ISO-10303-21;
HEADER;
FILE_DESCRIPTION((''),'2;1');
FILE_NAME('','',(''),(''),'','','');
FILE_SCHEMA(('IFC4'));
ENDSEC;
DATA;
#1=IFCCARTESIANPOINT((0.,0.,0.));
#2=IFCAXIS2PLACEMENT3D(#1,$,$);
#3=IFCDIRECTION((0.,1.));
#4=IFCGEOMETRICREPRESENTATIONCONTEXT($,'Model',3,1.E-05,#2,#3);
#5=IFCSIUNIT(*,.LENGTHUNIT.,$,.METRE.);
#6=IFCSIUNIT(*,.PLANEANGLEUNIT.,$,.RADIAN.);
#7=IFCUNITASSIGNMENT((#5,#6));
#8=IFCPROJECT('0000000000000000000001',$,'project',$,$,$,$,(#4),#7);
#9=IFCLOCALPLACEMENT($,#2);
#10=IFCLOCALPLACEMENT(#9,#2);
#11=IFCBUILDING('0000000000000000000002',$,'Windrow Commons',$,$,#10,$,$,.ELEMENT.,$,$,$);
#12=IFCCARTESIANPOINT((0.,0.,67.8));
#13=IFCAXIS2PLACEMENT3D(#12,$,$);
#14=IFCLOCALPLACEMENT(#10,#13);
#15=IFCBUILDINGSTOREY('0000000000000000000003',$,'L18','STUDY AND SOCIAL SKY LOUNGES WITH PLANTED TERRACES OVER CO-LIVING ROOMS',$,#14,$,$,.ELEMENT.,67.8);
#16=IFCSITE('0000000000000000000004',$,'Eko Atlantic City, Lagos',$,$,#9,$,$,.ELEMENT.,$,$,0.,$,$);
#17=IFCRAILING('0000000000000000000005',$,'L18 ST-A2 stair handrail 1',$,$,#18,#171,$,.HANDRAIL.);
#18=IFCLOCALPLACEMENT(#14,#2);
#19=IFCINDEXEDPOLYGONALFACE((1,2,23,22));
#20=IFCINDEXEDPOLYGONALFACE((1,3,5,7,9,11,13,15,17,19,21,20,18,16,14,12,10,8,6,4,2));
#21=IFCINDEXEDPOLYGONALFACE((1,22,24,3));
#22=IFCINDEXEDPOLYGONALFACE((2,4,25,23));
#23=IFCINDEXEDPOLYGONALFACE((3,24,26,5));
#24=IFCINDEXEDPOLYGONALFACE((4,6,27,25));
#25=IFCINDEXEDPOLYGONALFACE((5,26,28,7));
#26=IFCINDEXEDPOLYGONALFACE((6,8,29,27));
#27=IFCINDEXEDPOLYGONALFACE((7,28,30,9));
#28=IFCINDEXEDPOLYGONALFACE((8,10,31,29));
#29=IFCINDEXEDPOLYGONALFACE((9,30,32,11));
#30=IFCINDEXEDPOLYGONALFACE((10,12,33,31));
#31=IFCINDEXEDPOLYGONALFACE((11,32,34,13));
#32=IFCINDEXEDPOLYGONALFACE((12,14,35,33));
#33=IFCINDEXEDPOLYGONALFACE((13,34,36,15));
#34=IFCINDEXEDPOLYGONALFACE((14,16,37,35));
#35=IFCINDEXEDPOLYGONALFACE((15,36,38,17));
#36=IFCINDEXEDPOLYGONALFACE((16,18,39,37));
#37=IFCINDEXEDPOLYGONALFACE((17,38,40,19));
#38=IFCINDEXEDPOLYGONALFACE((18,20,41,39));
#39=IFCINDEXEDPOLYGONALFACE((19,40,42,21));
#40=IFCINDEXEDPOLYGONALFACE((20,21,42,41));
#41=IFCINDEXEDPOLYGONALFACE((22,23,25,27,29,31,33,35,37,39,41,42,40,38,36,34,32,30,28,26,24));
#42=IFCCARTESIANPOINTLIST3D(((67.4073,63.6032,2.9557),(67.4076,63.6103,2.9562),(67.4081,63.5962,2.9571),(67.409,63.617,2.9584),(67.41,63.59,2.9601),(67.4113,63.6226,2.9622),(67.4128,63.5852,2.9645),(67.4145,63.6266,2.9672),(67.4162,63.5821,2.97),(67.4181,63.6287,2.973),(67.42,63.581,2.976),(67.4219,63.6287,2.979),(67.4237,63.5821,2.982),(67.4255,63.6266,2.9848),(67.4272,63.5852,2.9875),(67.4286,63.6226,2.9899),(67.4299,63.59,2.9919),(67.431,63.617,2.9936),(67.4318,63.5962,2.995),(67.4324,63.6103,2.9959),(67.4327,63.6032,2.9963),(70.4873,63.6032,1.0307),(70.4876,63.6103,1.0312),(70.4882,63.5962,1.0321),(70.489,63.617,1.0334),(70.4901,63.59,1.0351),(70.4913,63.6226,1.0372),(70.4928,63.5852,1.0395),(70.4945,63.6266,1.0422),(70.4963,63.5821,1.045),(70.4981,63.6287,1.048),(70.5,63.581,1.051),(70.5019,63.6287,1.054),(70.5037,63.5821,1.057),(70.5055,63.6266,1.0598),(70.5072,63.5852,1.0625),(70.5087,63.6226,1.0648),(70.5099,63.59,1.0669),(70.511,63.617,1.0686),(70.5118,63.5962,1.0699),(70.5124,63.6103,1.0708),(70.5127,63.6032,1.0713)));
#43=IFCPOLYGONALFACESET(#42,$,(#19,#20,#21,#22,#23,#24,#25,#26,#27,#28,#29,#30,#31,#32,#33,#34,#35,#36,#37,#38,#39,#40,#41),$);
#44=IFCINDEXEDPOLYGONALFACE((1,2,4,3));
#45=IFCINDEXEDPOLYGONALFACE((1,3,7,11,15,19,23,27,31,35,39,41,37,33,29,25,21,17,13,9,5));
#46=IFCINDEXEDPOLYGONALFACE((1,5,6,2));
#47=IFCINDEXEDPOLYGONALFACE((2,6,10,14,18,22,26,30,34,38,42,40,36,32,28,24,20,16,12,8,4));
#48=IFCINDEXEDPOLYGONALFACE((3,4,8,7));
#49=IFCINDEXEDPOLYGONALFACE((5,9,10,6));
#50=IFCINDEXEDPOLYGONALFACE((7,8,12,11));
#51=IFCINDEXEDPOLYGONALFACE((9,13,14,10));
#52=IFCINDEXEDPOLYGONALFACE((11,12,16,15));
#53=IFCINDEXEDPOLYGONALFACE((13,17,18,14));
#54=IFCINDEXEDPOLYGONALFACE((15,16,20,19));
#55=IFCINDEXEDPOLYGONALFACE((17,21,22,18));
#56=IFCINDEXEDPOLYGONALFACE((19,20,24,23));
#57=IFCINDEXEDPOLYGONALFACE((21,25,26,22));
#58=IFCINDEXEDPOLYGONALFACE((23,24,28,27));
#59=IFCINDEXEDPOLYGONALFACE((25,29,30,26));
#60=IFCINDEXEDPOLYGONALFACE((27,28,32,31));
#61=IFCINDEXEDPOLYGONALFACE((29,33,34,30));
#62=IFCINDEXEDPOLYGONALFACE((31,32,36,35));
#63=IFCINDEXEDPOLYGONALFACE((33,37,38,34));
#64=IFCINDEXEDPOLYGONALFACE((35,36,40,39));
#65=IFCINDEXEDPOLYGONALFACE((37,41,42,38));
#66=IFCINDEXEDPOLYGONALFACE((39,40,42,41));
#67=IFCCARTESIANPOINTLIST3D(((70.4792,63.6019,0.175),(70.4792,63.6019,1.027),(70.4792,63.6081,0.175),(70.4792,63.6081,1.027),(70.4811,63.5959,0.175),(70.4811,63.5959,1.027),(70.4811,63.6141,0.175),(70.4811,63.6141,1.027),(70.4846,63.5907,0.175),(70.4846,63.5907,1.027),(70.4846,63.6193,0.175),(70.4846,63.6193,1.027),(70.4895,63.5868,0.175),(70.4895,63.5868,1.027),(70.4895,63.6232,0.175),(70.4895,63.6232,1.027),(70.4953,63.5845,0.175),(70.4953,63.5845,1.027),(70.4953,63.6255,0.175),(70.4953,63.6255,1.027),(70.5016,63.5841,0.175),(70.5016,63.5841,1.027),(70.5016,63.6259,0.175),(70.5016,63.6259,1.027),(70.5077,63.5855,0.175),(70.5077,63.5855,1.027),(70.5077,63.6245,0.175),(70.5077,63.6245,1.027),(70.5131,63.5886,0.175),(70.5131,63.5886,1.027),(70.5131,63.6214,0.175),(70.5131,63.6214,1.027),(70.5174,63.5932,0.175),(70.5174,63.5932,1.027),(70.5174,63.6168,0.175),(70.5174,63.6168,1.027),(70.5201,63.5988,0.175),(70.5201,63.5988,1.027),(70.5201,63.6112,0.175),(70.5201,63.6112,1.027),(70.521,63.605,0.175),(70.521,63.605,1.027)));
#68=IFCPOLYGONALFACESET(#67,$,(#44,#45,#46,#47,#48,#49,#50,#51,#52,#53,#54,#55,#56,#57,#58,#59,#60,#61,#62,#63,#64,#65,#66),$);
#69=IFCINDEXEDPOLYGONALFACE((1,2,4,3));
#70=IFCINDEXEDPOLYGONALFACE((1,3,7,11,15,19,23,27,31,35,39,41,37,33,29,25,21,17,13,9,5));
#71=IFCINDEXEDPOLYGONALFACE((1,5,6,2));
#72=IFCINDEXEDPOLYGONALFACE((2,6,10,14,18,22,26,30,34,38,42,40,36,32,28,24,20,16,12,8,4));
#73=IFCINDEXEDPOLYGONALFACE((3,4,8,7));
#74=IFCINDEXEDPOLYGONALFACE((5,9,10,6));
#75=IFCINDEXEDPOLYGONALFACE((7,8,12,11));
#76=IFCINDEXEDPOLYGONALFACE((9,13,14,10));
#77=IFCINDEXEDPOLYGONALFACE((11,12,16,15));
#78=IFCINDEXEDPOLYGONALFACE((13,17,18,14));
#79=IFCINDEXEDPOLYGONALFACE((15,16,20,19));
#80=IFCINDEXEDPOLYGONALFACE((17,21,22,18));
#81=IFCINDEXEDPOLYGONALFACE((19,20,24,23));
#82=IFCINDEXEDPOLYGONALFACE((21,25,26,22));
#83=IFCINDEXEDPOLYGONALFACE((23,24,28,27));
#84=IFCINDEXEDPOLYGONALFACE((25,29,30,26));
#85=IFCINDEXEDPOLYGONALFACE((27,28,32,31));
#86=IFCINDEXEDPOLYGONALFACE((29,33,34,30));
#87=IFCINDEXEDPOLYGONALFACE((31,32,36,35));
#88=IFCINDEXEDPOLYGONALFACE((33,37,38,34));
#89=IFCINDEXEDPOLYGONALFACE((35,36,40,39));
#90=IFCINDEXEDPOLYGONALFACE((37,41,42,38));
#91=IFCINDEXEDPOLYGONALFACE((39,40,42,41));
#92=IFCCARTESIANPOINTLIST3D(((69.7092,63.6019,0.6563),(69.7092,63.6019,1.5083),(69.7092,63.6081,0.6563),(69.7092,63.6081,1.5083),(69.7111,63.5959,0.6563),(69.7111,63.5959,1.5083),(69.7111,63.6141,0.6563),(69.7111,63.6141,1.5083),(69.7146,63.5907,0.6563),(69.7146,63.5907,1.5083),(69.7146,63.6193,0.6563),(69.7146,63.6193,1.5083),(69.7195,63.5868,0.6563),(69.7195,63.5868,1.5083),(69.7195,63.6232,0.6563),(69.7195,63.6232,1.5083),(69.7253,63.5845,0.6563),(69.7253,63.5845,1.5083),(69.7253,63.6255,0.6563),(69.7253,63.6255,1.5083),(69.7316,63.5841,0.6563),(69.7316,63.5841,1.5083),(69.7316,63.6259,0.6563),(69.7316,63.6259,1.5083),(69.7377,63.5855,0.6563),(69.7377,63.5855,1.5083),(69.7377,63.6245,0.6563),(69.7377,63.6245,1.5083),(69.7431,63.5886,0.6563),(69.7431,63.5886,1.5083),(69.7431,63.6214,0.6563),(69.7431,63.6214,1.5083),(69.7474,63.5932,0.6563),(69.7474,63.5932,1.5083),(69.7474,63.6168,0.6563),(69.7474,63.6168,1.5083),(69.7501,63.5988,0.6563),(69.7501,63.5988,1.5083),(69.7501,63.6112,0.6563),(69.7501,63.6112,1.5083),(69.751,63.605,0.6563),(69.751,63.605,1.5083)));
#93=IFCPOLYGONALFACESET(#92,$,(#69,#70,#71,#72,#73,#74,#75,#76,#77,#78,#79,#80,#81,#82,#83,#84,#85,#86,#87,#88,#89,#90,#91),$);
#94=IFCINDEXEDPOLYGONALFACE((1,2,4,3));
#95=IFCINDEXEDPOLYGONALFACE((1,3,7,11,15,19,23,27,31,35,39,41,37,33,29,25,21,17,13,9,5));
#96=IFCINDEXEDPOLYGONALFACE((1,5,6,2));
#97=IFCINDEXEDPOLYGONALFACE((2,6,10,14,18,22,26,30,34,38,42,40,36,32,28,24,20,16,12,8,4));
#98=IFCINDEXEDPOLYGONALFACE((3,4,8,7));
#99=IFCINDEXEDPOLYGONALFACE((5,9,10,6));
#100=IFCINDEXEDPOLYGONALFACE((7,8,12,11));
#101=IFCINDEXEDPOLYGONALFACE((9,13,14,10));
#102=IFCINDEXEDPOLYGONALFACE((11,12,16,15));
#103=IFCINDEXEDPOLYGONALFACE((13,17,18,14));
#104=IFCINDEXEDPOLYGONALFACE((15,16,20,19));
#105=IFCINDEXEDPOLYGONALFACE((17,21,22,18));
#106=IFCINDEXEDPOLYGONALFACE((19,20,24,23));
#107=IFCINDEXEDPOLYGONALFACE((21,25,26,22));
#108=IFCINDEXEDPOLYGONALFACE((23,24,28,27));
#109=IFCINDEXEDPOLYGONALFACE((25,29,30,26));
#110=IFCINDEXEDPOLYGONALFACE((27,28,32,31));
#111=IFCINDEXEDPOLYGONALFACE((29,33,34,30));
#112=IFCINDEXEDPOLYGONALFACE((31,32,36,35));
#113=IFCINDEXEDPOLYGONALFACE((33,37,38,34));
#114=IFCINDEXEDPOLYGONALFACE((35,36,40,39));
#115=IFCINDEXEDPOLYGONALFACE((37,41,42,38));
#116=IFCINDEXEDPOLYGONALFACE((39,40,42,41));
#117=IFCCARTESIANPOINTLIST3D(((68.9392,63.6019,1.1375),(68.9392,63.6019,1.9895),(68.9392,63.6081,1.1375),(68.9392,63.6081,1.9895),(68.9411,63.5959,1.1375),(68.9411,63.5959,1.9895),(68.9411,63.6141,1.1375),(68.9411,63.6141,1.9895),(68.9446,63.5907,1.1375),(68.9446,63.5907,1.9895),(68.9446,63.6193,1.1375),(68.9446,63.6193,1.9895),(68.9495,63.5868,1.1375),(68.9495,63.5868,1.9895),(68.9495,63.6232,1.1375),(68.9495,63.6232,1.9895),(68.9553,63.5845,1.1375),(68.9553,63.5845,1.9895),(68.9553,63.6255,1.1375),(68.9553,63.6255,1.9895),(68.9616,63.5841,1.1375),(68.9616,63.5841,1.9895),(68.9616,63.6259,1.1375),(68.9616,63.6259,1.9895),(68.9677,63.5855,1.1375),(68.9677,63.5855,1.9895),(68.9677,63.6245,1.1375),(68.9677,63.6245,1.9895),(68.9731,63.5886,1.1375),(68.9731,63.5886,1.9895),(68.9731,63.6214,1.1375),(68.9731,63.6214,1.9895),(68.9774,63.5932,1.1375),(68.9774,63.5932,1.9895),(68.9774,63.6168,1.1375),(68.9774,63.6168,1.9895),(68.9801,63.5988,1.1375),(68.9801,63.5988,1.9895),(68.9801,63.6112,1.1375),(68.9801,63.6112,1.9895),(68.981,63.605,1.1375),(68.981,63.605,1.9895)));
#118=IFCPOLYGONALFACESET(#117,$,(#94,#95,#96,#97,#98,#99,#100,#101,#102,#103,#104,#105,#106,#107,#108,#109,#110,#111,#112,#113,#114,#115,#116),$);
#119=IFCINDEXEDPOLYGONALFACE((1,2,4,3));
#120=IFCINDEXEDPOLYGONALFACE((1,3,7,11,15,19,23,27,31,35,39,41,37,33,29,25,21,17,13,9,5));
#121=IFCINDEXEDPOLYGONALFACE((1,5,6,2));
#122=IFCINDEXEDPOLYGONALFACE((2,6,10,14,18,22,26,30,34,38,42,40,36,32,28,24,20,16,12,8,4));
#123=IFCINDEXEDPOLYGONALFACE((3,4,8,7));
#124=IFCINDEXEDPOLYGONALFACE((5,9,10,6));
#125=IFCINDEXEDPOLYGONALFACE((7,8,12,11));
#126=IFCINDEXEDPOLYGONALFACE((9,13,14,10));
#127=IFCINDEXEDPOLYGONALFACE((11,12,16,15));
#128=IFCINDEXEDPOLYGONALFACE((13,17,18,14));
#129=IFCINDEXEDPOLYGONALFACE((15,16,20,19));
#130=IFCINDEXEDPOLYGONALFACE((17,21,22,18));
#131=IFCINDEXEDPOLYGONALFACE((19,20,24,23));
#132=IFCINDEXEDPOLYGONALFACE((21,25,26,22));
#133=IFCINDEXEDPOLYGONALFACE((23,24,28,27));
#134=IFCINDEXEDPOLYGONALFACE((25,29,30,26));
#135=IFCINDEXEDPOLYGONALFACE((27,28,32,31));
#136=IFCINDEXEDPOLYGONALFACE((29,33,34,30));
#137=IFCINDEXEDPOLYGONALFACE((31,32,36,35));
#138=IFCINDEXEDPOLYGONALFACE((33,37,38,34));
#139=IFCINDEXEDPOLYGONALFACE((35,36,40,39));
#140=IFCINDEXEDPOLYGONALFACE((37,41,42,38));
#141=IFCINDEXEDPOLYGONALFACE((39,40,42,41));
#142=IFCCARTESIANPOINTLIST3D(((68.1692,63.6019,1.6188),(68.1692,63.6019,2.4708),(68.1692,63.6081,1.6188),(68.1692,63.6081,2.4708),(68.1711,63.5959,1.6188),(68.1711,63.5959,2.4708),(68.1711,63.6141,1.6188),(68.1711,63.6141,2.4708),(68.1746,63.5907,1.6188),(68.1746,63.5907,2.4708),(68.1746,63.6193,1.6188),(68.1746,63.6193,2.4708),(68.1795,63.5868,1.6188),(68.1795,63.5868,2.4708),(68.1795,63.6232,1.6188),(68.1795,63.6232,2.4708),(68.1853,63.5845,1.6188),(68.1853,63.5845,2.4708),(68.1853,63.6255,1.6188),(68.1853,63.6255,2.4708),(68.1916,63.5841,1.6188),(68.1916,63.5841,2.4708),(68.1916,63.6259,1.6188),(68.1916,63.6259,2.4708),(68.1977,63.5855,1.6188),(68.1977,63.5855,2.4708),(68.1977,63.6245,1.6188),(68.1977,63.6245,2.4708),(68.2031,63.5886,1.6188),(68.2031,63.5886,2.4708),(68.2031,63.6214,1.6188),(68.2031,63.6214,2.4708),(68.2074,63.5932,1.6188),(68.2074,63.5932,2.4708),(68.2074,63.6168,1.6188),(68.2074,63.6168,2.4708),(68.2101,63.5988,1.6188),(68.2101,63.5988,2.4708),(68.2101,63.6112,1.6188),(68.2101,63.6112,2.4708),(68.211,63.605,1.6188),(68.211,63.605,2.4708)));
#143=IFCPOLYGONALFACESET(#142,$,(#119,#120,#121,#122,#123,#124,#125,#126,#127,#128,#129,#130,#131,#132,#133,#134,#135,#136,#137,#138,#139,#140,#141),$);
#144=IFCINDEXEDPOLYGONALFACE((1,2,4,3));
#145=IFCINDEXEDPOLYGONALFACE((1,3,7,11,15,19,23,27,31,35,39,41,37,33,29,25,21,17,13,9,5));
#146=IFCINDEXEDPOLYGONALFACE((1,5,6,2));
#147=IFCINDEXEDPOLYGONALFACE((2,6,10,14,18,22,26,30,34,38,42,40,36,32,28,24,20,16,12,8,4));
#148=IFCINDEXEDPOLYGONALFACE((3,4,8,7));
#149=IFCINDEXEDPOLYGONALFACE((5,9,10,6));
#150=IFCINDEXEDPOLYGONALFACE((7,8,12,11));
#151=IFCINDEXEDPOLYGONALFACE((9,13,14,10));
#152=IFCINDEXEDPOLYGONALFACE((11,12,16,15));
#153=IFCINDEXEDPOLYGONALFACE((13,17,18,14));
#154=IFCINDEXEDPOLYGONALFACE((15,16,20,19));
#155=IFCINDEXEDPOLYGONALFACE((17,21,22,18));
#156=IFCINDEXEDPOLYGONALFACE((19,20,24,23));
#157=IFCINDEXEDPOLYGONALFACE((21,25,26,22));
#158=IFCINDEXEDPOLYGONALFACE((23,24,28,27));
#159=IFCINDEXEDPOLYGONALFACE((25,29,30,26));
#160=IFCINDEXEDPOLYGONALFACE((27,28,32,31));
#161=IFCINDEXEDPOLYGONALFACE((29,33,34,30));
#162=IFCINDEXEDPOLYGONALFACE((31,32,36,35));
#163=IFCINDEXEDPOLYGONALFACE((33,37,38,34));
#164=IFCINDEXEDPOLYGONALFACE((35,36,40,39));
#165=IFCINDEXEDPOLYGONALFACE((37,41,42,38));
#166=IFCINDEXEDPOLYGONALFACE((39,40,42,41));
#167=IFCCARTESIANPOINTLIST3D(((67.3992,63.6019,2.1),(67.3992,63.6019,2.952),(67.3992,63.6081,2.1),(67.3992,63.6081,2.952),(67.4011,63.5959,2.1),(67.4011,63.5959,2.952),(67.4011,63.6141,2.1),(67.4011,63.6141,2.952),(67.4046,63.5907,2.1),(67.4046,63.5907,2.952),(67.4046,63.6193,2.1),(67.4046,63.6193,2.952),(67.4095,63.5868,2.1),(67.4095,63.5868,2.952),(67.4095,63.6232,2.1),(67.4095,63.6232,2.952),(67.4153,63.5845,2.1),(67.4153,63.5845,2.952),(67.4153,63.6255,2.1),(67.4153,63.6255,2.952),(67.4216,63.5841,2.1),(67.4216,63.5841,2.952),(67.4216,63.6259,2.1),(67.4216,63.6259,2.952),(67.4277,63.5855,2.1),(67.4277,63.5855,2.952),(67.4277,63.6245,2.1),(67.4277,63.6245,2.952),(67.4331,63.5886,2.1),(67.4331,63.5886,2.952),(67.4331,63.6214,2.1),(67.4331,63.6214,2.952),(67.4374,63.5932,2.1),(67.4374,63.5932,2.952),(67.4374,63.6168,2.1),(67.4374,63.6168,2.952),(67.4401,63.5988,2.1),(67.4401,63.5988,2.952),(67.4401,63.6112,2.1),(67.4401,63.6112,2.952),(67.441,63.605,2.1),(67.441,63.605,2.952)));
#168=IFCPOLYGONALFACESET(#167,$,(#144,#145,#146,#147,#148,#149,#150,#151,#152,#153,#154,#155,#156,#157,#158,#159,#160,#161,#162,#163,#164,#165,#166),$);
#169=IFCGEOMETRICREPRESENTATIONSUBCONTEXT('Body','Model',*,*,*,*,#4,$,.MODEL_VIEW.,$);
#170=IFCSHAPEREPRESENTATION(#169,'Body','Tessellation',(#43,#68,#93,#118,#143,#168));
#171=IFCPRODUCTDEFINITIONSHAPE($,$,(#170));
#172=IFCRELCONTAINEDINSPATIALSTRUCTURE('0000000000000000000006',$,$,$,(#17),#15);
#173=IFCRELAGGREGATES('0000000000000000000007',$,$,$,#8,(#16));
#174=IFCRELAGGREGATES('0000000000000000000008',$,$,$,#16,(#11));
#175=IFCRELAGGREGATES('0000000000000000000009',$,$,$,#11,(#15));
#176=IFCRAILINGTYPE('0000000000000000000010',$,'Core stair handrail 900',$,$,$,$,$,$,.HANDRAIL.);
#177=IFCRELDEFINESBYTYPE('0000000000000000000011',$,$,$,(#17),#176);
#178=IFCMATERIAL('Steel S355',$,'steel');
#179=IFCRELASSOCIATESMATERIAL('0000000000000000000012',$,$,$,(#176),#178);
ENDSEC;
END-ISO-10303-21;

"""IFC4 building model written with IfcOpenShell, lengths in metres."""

from ifc_helpers import new_model, si_unit, direction, frame, origin, origin_2d, place, context, subcontext, project, spatial, circle, extrude, material, type_object, element, save


model = new_model("IFC4")

# Units and contexts
model_context = context("Model", 3, precision=1e-05, world=origin(), true_north=direction((0.0, 1.0)))
body_context = subcontext(model_context, "Body", "Model", "MODEL_VIEW")
ifc_project = project(units=[si_unit("LENGTHUNIT", "METRE"), si_unit("PLANEANGLEUNIT", "RADIAN")], contexts=[model_context])

# Site, building, storey
site_placement = place(None, origin())
site = spatial("IfcSite", under=ifc_project, at=site_placement, Name="Eko Atlantic City, Lagos", CompositionType="ELEMENT", RefElevation=0.0)
building_placement = place(site_placement, origin())
building = spatial("IfcBuilding", under=site, at=building_placement, Name="Windrow Commons", CompositionType="ELEMENT")
storey_placement = place(building_placement, frame((0.0, 0.0, 67.8)))
storey = spatial("IfcBuildingStorey", under=building, at=storey_placement, Name="L18", Description="STUDY AND SOCIAL SKY LOUNGES WITH PLANTED TERRACES OVER CO-LIVING ROOMS", CompositionType="ELEMENT", Elevation=67.8)

# Railing
ifc_material_1 = material(Name="Steel S355", Category="steel")
railing_type_1 = type_object("IfcRailingType", Name="Core stair handrail 900", PredefinedType="HANDRAIL", material=ifc_material_1)
railing_1_placement = place(storey_placement, frame((70.5, 63.605, 0.175)))
element("IfcRailing", 1, at=railing_1_placement, inside=storey, type_object=railing_type_1, Name="L18 ST-A2 stair handrail 1", PredefinedType="HANDRAIL", context=body_context, shape_type="SweptSolid", body=[
    extrude(circle(Radius=0.024, at=origin_2d()), frame((0.0, 0.0, 0.876), z_axis=(-0.847998, 0.0, 0.529999), x_axis=(0.0, -1.0, 0.0)), (0.0, 0.0, 1.0), 3.6321),
    extrude(circle(Radius=0.021, at=origin_2d()), origin(), (0.0, 0.0, 1.0), 0.852),
    extrude(circle(Radius=0.021, at=origin_2d()), frame((-0.77, 0.0, 0.4813)), (0.0, 0.0, 1.0), 0.852),
    extrude(circle(Radius=0.021, at=origin_2d()), frame((-1.54, 0.0, 0.9625)), (0.0, 0.0, 1.0), 0.852),
    extrude(circle(Radius=0.021, at=origin_2d()), frame((-2.31, 0.0, 1.4438)), (0.0, 0.0, 1.0), 0.852),
    extrude(circle(Radius=0.021, at=origin_2d()), frame((-3.08, 0.0, 1.925)), (0.0, 0.0, 1.0), 0.852),
])

save(model, "model.ifc")
